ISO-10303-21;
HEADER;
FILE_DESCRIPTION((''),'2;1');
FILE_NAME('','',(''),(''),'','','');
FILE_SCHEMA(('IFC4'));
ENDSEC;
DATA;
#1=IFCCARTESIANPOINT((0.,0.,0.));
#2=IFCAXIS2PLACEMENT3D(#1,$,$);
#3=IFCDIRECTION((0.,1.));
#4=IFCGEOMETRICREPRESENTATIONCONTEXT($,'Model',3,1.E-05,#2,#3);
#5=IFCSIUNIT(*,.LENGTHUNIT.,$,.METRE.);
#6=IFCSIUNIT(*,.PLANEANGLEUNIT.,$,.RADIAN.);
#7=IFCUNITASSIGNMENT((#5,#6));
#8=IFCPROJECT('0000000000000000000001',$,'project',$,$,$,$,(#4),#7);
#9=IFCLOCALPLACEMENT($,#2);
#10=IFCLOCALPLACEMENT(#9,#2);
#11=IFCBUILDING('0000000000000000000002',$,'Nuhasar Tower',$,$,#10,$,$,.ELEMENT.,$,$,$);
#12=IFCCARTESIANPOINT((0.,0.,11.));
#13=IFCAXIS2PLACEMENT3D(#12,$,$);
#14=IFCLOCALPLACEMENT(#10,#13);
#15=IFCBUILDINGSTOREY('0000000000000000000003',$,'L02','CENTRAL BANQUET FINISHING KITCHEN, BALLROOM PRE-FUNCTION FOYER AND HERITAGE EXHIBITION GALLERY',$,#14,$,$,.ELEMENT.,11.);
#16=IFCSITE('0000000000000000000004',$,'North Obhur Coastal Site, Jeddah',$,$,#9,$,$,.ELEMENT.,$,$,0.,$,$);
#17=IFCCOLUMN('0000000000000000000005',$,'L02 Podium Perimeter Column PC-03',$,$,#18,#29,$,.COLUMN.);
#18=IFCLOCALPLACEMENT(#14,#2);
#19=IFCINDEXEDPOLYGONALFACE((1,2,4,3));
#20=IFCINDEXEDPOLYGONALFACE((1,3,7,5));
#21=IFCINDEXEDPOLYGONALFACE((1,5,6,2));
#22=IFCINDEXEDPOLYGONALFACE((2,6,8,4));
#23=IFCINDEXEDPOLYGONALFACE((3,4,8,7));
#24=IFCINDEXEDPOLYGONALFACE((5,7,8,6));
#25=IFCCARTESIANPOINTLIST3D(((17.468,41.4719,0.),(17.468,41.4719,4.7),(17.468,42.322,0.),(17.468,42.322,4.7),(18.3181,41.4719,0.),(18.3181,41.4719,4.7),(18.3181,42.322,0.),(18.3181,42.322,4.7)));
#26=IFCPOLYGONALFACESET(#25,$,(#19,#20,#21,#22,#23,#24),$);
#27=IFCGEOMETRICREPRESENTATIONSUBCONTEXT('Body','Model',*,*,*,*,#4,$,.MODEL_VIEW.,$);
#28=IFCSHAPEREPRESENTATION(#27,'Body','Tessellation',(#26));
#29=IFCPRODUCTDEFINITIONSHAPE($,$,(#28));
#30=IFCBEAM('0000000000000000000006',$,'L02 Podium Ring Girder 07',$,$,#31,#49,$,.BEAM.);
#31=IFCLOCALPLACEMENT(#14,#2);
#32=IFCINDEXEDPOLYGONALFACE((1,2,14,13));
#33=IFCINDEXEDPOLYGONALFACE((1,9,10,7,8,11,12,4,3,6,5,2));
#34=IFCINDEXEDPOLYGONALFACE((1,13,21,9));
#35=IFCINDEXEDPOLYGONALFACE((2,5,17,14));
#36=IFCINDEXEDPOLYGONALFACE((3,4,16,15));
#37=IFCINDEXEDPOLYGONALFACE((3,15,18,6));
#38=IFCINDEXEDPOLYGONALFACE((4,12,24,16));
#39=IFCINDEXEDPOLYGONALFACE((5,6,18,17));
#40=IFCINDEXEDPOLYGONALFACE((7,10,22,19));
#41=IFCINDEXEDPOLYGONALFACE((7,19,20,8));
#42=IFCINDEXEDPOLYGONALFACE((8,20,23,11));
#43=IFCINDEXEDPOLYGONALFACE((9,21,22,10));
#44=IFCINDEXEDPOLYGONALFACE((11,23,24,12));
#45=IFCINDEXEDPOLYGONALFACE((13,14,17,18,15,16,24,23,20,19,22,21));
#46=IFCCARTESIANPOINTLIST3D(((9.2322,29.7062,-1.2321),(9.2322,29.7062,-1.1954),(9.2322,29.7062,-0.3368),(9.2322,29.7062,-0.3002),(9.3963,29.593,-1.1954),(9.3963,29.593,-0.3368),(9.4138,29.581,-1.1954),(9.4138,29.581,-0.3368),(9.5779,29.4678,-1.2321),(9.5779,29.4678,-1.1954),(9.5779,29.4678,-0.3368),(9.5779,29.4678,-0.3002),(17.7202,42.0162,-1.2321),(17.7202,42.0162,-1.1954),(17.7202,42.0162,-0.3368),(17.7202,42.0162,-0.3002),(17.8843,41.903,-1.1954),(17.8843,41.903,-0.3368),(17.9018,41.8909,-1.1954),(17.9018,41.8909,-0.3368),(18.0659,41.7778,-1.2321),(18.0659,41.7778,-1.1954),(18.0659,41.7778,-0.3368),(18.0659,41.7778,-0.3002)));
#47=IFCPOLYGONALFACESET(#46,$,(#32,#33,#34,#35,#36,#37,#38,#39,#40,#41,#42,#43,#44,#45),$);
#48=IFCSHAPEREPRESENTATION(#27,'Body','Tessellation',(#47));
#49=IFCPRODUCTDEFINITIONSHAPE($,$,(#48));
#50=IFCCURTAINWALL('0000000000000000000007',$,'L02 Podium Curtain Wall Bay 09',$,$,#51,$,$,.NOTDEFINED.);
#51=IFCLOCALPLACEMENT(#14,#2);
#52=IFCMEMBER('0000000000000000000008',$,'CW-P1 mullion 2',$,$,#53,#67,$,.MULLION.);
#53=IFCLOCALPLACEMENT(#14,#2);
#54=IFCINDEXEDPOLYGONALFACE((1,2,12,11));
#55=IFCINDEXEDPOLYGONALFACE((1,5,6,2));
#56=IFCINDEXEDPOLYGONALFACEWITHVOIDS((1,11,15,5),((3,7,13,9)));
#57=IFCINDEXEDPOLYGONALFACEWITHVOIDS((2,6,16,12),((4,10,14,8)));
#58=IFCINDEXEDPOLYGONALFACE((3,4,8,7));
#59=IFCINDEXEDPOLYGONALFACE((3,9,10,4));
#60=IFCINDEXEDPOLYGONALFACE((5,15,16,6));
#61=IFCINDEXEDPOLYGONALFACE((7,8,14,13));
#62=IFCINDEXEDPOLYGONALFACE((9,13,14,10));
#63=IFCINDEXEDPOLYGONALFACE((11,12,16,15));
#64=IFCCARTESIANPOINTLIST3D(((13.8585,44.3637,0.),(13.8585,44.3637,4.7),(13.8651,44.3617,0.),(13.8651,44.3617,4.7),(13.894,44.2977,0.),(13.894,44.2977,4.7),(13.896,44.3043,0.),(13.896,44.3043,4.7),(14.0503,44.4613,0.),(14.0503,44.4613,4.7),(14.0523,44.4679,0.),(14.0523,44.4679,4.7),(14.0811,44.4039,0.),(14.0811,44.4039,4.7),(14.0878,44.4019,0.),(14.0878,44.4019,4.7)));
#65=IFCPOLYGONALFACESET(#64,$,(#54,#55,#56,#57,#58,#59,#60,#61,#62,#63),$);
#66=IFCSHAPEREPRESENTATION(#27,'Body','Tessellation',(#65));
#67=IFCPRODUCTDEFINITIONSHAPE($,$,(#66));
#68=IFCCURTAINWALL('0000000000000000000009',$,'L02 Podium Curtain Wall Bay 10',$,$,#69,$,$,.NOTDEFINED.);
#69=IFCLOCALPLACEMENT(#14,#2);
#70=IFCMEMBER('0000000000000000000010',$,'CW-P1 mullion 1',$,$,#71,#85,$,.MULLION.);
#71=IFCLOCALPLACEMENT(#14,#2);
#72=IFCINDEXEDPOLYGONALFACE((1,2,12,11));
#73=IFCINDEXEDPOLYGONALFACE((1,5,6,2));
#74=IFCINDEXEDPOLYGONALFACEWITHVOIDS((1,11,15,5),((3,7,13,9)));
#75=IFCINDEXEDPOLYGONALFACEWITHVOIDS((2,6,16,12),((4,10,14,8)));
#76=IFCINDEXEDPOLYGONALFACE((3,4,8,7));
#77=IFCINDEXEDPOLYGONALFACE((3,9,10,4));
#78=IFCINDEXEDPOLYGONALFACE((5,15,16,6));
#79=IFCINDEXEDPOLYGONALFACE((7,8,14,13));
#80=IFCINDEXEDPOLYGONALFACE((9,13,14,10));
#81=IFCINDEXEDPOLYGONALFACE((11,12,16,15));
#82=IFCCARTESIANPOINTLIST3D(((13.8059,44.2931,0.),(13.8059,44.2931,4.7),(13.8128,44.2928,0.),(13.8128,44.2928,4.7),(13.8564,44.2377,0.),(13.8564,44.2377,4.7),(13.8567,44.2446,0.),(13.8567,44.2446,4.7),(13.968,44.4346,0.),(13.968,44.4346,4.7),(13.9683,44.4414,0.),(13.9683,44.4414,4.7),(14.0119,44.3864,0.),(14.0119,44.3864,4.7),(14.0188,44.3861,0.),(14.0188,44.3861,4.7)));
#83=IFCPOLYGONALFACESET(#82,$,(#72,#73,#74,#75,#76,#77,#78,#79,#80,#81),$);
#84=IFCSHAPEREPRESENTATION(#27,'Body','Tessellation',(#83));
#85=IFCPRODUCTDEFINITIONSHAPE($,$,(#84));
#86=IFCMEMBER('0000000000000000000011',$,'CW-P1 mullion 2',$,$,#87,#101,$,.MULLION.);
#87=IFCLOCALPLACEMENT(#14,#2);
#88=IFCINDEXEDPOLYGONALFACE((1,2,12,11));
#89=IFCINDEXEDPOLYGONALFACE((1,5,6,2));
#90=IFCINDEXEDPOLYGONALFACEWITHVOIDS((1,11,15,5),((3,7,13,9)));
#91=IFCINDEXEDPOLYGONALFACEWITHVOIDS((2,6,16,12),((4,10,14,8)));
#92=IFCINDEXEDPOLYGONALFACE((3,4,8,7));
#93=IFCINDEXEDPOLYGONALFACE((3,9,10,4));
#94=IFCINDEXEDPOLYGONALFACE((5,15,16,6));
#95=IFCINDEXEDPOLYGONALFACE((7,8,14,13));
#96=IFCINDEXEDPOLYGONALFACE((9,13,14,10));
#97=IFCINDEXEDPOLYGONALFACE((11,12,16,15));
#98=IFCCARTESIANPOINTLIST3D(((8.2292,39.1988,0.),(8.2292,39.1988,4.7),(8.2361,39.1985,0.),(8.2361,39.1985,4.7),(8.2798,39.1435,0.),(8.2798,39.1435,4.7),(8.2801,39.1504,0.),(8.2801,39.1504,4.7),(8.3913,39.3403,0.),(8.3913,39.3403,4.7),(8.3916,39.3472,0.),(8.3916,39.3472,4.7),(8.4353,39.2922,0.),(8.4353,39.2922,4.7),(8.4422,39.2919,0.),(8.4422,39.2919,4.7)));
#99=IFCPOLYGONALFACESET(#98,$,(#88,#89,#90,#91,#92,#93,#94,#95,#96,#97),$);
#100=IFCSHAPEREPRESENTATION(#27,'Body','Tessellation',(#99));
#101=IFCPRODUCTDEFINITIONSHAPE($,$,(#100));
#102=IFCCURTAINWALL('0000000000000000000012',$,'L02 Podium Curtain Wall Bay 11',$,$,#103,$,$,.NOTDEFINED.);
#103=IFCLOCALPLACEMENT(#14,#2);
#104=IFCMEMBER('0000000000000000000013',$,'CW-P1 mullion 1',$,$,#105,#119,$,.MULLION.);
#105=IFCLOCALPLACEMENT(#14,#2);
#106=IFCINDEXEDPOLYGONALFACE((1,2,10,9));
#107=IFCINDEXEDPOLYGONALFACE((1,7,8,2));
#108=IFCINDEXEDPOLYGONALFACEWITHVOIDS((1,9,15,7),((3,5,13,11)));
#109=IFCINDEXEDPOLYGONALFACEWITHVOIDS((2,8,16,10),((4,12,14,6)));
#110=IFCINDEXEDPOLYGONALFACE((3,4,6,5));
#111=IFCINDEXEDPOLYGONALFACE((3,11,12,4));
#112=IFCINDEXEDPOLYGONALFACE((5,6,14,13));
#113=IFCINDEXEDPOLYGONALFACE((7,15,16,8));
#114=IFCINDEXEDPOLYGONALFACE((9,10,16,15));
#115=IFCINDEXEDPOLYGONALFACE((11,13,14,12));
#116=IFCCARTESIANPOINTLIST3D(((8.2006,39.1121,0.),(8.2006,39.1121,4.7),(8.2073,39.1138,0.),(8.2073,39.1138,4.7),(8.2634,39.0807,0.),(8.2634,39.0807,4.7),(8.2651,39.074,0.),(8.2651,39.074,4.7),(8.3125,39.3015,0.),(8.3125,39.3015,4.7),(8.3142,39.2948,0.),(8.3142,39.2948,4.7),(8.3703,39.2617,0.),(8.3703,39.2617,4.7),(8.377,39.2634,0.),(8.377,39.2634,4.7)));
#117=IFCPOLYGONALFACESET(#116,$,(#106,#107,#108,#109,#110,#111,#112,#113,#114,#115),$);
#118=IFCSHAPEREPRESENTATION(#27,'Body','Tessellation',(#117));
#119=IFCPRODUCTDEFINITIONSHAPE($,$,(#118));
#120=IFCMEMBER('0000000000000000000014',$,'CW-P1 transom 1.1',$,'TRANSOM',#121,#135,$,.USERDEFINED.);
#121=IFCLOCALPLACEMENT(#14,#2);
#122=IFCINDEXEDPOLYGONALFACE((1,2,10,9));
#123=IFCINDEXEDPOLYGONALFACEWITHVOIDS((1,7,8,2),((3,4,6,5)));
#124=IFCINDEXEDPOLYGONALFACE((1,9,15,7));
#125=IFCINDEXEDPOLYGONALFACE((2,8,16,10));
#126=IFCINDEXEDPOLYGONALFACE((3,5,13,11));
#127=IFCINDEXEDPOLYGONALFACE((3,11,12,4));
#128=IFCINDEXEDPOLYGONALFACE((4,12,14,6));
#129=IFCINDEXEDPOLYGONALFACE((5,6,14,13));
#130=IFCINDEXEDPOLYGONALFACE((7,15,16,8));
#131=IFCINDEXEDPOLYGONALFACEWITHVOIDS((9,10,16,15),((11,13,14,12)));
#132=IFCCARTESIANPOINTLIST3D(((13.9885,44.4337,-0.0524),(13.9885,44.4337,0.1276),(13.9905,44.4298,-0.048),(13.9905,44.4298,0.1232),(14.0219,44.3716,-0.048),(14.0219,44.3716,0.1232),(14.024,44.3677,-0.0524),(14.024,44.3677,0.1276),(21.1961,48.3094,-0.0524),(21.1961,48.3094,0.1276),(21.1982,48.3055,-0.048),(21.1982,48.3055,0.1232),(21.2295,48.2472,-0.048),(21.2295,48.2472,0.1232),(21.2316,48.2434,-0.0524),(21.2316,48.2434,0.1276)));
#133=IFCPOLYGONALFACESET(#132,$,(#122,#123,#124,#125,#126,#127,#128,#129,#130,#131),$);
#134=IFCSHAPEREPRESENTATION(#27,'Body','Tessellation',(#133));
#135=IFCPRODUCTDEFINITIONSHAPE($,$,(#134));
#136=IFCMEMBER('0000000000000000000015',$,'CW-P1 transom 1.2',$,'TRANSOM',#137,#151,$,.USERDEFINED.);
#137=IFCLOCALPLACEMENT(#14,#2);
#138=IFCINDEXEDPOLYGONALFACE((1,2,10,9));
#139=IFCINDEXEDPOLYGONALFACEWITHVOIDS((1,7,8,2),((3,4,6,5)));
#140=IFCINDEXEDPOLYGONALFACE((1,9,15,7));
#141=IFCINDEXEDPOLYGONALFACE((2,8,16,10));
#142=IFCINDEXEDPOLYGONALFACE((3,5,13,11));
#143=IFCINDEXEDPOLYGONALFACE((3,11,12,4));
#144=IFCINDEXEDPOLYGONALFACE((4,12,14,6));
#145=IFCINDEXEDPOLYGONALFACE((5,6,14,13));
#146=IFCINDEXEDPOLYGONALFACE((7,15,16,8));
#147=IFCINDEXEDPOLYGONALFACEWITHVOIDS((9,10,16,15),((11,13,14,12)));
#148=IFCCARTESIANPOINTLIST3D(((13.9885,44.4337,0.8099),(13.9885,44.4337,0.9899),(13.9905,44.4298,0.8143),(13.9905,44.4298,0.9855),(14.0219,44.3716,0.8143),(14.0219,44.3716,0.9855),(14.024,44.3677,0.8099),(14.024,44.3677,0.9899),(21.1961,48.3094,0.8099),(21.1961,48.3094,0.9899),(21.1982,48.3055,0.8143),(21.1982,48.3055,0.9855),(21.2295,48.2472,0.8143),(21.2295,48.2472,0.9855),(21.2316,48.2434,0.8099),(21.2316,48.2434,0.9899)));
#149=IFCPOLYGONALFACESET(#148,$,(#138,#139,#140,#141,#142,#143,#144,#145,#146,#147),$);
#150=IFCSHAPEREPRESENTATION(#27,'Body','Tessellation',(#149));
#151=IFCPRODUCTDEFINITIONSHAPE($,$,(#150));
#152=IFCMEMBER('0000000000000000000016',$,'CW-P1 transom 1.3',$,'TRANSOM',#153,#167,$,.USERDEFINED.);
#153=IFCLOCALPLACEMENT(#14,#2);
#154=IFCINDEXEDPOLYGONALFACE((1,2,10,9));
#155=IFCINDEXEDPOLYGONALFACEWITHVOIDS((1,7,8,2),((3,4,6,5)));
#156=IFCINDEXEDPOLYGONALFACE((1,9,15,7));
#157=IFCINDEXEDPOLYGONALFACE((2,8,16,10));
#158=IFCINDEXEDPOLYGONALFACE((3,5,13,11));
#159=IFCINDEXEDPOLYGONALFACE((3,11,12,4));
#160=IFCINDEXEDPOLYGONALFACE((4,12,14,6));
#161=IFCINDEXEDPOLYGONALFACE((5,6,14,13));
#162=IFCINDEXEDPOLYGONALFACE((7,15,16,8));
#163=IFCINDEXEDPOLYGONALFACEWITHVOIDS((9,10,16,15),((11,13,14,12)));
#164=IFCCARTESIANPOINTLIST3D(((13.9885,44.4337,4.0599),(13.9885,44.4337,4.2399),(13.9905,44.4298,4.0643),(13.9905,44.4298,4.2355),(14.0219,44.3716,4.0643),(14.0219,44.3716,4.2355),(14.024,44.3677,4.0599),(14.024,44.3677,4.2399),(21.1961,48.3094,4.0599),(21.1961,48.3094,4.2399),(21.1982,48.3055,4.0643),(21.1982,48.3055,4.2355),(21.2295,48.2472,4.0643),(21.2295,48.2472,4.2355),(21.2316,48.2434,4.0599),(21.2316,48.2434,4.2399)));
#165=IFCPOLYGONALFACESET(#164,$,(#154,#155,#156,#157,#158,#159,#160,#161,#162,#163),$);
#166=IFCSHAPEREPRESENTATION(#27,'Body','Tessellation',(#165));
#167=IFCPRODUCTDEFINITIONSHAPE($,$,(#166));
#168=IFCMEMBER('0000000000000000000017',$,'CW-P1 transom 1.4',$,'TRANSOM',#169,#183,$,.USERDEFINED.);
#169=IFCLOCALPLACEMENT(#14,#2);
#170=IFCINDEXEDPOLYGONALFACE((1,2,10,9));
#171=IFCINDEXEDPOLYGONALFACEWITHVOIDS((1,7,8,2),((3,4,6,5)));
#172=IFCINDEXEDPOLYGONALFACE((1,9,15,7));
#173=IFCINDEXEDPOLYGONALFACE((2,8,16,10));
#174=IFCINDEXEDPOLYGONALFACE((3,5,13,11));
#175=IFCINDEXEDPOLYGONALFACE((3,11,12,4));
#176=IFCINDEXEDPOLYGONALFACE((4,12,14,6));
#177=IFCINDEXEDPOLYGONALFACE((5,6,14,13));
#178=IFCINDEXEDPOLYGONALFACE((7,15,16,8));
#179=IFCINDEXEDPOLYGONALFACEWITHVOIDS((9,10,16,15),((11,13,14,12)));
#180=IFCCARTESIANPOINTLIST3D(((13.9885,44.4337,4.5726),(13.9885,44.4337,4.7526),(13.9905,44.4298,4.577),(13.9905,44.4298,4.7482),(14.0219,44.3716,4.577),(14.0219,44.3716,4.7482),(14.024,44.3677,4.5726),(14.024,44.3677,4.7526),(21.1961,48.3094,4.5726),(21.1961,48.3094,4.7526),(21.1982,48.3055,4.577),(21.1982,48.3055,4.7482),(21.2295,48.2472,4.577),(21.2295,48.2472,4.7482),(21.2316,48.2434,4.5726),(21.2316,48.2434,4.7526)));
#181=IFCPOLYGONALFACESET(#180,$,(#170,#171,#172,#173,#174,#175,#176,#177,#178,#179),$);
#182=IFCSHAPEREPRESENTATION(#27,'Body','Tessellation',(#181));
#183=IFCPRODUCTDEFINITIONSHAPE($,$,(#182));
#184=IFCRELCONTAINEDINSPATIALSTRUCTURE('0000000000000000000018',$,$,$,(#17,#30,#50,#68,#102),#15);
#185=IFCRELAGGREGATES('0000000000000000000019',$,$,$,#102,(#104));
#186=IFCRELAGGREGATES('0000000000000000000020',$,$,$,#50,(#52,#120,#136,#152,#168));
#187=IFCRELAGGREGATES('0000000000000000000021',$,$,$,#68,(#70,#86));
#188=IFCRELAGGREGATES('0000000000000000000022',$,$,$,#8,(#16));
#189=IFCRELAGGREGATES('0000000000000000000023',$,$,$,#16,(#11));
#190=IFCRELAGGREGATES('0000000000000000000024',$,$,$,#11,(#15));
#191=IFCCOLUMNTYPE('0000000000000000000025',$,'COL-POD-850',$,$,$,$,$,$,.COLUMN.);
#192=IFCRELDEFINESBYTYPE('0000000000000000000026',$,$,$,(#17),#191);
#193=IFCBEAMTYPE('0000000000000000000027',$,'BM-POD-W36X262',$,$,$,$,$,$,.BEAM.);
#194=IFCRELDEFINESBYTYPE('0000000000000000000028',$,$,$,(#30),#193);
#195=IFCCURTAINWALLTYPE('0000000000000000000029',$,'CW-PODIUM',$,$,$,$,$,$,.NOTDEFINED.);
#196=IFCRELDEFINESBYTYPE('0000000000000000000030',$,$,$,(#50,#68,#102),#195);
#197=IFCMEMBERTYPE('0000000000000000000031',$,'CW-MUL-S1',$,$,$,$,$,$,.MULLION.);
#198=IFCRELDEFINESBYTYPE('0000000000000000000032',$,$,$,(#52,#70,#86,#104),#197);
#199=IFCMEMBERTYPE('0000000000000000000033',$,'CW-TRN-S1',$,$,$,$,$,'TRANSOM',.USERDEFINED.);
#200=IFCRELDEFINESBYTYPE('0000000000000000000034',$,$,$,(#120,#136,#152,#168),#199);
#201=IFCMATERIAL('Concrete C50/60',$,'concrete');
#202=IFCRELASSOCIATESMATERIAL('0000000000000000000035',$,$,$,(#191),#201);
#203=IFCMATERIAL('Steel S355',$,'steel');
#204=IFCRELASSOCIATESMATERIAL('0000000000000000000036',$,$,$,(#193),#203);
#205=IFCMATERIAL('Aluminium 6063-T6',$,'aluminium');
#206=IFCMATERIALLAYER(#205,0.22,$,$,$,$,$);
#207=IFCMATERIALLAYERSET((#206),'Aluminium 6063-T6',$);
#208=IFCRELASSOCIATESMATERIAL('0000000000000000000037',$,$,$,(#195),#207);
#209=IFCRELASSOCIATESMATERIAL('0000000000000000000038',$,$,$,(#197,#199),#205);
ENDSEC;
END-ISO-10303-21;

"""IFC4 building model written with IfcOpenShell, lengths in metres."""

from ifc_helpers import new_model, si_unit, direction, frame, origin, origin_2d, place, context, subcontext, project, spatial, rectangle, hollow_rectangle, i_section, extrude, material, layer, layer_set, material_profile, profile_set, type_object, element, aggregate, save


model = new_model("IFC4")

# Units and contexts
model_context = context("Model", 3, precision=1e-05, world=origin(), true_north=direction((0.0, 1.0)))
body_context = subcontext(model_context, "Body", "Model", "MODEL_VIEW")
ifc_project = project(units=[si_unit("LENGTHUNIT", "METRE"), si_unit("PLANEANGLEUNIT", "RADIAN")], contexts=[model_context])

# Site, building, storey
site_placement = place(None, origin())
site = spatial("IfcSite", under=ifc_project, at=site_placement, Name="North Obhur Coastal Site, Jeddah", CompositionType="ELEMENT", RefElevation=0.0)
building_placement = place(site_placement, origin())
building = spatial("IfcBuilding", under=site, at=building_placement, Name="Nuhasar Tower", CompositionType="ELEMENT")
storey_placement = place(building_placement, frame((0.0, 0.0, 11.0)))
storey = spatial("IfcBuildingStorey", under=building, at=storey_placement, Name="L02", Description="CENTRAL BANQUET FINISHING KITCHEN, BALLROOM PRE-FUNCTION FOYER AND HERITAGE EXHIBITION GALLERY", CompositionType="ELEMENT", Elevation=11.0)

# Column
ifc_material_1 = material(Name="Concrete C50/60", Category="concrete")
ifc_material_profile_1 = material_profile(ifc_material_1, rectangle(XDim=0.8501, YDim=0.8501, at=origin_2d()), Name="RC850X850")
ifc_profile_set_1 = profile_set([ifc_material_profile_1], Name="Concrete C50/60")
column_type = type_object("IfcColumnType", Name="COL-POD-850", PredefinedType="COLUMN", material=ifc_profile_set_1)
column_placement = place(storey_placement, frame((17.8931, 41.897, 0.0), z_axis=(0.0, 0.0, 1.0), x_axis=(1.0, 0.0, 0.0)))
element("IfcColumn", 1, at=column_placement, inside=storey, type_object=column_type, Name="L02 Podium Perimeter Column PC-03", PredefinedType="COLUMN", context=body_context, shape_type="SweptSolid", body=[
    extrude(rectangle(XDim=0.8501, YDim=0.8501, at=origin_2d()), origin(), (0.0, 0.0, 1.0), 4.7),
])

# Beam
ifc_material_2 = material(Name="Steel S355", Category="steel")
ifc_material_profile_2 = material_profile(ifc_material_2, i_section(OverallWidth=0.4199, OverallDepth=0.9319, WebThickness=0.0212, FlangeThickness=0.0366, at=origin_2d()), Name="W36X262")
ifc_profile_set_2 = profile_set([ifc_material_profile_2], Name="Steel S355")
beam_type = type_object("IfcBeamType", Name="BM-POD-W36X262", PredefinedType="BEAM", material=ifc_profile_set_2)
beam_placement = place(storey_placement, frame((17.8931, 41.897, -0.7661), z_axis=(-0.567658, -0.823265, 0.0), x_axis=(0.823265, -0.567658, 0.0)))
element("IfcBeam", 2, at=beam_placement, inside=storey, type_object=beam_type, Name="L02 Podium Ring Girder 07", PredefinedType="BEAM", context=body_context, shape_type="SweptSolid", body=[
    extrude(i_section(OverallWidth=0.4199, OverallDepth=0.9319, WebThickness=0.0212, FlangeThickness=0.0366, at=origin_2d()), origin(), (0.0, 0.0, 1.0), 14.9526),
])

# Curtain wall, member
ifc_material_3 = material(Name="Aluminium 6063-T6", Category="aluminium")
ifc_layer_1 = layer(ifc_material_3, 0.22)
ifc_layer_set_1 = layer_set([ifc_layer_1], Name="Aluminium 6063-T6")
curtain_wall_type = type_object("IfcCurtainWallType", Name="CW-PODIUM", PredefinedType="NOTDEFINED", material=ifc_layer_set_1)
curtain_wall_1_placement = place(storey_placement, origin())
curtain_wall_1 = element("IfcCurtainWall", 3, at=curtain_wall_1_placement, inside=storey, type_object=curtain_wall_type, Name="L02 Podium Curtain Wall Bay 09", PredefinedType="NOTDEFINED")
ifc_material_profile_3 = material_profile(ifc_material_3, hollow_rectangle(XDim=0.075, YDim=0.22, WallThickness=0.0049, at=origin_2d()), Name="CWM-1")
ifc_profile_set_3 = profile_set([ifc_material_profile_3], Name="Aluminium 6063-T6")
member_type_1 = type_object("IfcMemberType", Name="CW-MUL-S1", PredefinedType="MULLION", material=ifc_profile_set_3)
member_1_placement = place(storey_placement, frame((13.9731, 44.3828, 0.0), z_axis=(0.0, 0.0, 1.0), x_axis=(0.473606, -0.880737, 0.0)))
member_1 = element("IfcMember", 4, at=member_1_placement, type_object=member_type_1, Name="CW-P1 mullion 2", PredefinedType="MULLION", context=body_context, shape_type="SweptSolid", body=[
    extrude(hollow_rectangle(XDim=0.075, YDim=0.22, WallThickness=0.0049, at=origin_2d()), origin(), (0.0, 0.0, 1.0), 4.7),
])

# Curtain wall, members
curtain_wall_2_placement = place(storey_placement, origin())
curtain_wall_2 = element("IfcCurtainWall", 5, at=curtain_wall_2_placement, inside=storey, type_object=curtain_wall_type, Name="L02 Podium Curtain Wall Bay 10", PredefinedType="NOTDEFINED")
member_2_placement = place(storey_placement, frame((13.9124, 44.3396, 0.0), z_axis=(0.0, 0.0, 1.0), x_axis=(0.674465, -0.738307, 0.0)))
member_2 = element("IfcMember", 6, at=member_2_placement, type_object=member_type_1, Name="CW-P1 mullion 1", PredefinedType="MULLION", context=body_context, shape_type="SweptSolid", body=[
    extrude(hollow_rectangle(XDim=0.075, YDim=0.22, WallThickness=0.0049, at=origin_2d()), origin(), (0.0, 0.0, 1.0), 4.7),
])
member_3_placement = place(storey_placement, frame((8.3357, 39.2454, 0.0), z_axis=(0.0, 0.0, 1.0), x_axis=(0.674465, -0.738307, 0.0)))
member_3 = element("IfcMember", 7, at=member_3_placement, type_object=member_type_1, Name="CW-P1 mullion 2", PredefinedType="MULLION", context=body_context, shape_type="SweptSolid", body=[
    extrude(hollow_rectangle(XDim=0.075, YDim=0.22, WallThickness=0.0049, at=origin_2d()), origin(), (0.0, 0.0, 1.0), 4.7),
])

# Curtain wall, member
curtain_wall_3_placement = place(storey_placement, origin())
curtain_wall_3 = element("IfcCurtainWall", 8, at=curtain_wall_3_placement, inside=storey, type_object=curtain_wall_type, Name="L02 Podium Curtain Wall Bay 11", PredefinedType="NOTDEFINED")
member_4_placement = place(storey_placement, frame((8.2888, 39.1877, 0.0), z_axis=(0.0, 0.0, 1.0), x_axis=(0.860935, -0.508715, 0.0)))
member_4 = element("IfcMember", 9, at=member_4_placement, type_object=member_type_1, Name="CW-P1 mullion 1", PredefinedType="MULLION", context=body_context, shape_type="SweptSolid", body=[
    extrude(hollow_rectangle(XDim=0.075, YDim=0.22, WallThickness=0.0049, at=origin_2d()), origin(), (0.0, 0.0, 1.0), 4.7),
])

# Members
ifc_material_profile_4 = material_profile(ifc_material_3, hollow_rectangle(XDim=0.075, YDim=0.1799, WallThickness=0.0044, at=origin_2d()), Name="CWT-1")
ifc_profile_set_4 = profile_set([ifc_material_profile_4], Name="Aluminium 6063-T6")
member_type_2 = type_object("IfcMemberType", Name="CW-TRN-S1", ElementType="TRANSOM", PredefinedType="USERDEFINED", material=ifc_profile_set_4)
member_5_placement = place(storey_placement, frame((21.2139, 48.2764, 0.0376), z_axis=(-0.880745, -0.473591, 0.0), x_axis=(0.473591, -0.880745, 0.0)))
member_5 = element("IfcMember", 10, at=member_5_placement, type_object=member_type_2, Name="CW-P1 transom 1.1", ObjectType="TRANSOM", PredefinedType="USERDEFINED", context=body_context, shape_type="SweptSolid", body=[
    extrude(hollow_rectangle(XDim=0.075, YDim=0.1799, WallThickness=0.0044, at=origin_2d()), origin(), (0.0, 0.0, 1.0), 8.1836),
])
member_6_placement = place(storey_placement, frame((21.2139, 48.2764, 0.8999), z_axis=(-0.880745, -0.473591, 0.0), x_axis=(0.473591, -0.880745, 0.0)))
member_6 = element("IfcMember", 11, at=member_6_placement, type_object=member_type_2, Name="CW-P1 transom 1.2", ObjectType="TRANSOM", PredefinedType="USERDEFINED", context=body_context, shape_type="SweptSolid", body=[
    extrude(hollow_rectangle(XDim=0.075, YDim=0.1799, WallThickness=0.0044, at=origin_2d()), origin(), (0.0, 0.0, 1.0), 8.1836),
])
member_7_placement = place(storey_placement, frame((21.2139, 48.2764, 4.1499), z_axis=(-0.880745, -0.473591, 0.0), x_axis=(0.473591, -0.880745, 0.0)))
member_7 = element("IfcMember", 12, at=member_7_placement, type_object=member_type_2, Name="CW-P1 transom 1.3", ObjectType="TRANSOM", PredefinedType="USERDEFINED", context=body_context, shape_type="SweptSolid", body=[
    extrude(hollow_rectangle(XDim=0.075, YDim=0.1799, WallThickness=0.0044, at=origin_2d()), origin(), (0.0, 0.0, 1.0), 8.1836),
])
member_8_placement = place(storey_placement, frame((21.2139, 48.2764, 4.6626), z_axis=(-0.880745, -0.473591, 0.0), x_axis=(0.473591, -0.880745, 0.0)))
member_8 = element("IfcMember", 13, at=member_8_placement, type_object=member_type_2, Name="CW-P1 transom 1.4", ObjectType="TRANSOM", PredefinedType="USERDEFINED", context=body_context, shape_type="SweptSolid", body=[
    extrude(hollow_rectangle(XDim=0.075, YDim=0.1799, WallThickness=0.0044, at=origin_2d()), origin(), (0.0, 0.0, 1.0), 8.1836),
])
aggregate(curtain_wall_3, [member_4])

aggregate(curtain_wall_1, [member_1, member_5, member_6, member_7, member_8])
aggregate(curtain_wall_2, [member_2, member_3])

save(model, "model.ifc")
